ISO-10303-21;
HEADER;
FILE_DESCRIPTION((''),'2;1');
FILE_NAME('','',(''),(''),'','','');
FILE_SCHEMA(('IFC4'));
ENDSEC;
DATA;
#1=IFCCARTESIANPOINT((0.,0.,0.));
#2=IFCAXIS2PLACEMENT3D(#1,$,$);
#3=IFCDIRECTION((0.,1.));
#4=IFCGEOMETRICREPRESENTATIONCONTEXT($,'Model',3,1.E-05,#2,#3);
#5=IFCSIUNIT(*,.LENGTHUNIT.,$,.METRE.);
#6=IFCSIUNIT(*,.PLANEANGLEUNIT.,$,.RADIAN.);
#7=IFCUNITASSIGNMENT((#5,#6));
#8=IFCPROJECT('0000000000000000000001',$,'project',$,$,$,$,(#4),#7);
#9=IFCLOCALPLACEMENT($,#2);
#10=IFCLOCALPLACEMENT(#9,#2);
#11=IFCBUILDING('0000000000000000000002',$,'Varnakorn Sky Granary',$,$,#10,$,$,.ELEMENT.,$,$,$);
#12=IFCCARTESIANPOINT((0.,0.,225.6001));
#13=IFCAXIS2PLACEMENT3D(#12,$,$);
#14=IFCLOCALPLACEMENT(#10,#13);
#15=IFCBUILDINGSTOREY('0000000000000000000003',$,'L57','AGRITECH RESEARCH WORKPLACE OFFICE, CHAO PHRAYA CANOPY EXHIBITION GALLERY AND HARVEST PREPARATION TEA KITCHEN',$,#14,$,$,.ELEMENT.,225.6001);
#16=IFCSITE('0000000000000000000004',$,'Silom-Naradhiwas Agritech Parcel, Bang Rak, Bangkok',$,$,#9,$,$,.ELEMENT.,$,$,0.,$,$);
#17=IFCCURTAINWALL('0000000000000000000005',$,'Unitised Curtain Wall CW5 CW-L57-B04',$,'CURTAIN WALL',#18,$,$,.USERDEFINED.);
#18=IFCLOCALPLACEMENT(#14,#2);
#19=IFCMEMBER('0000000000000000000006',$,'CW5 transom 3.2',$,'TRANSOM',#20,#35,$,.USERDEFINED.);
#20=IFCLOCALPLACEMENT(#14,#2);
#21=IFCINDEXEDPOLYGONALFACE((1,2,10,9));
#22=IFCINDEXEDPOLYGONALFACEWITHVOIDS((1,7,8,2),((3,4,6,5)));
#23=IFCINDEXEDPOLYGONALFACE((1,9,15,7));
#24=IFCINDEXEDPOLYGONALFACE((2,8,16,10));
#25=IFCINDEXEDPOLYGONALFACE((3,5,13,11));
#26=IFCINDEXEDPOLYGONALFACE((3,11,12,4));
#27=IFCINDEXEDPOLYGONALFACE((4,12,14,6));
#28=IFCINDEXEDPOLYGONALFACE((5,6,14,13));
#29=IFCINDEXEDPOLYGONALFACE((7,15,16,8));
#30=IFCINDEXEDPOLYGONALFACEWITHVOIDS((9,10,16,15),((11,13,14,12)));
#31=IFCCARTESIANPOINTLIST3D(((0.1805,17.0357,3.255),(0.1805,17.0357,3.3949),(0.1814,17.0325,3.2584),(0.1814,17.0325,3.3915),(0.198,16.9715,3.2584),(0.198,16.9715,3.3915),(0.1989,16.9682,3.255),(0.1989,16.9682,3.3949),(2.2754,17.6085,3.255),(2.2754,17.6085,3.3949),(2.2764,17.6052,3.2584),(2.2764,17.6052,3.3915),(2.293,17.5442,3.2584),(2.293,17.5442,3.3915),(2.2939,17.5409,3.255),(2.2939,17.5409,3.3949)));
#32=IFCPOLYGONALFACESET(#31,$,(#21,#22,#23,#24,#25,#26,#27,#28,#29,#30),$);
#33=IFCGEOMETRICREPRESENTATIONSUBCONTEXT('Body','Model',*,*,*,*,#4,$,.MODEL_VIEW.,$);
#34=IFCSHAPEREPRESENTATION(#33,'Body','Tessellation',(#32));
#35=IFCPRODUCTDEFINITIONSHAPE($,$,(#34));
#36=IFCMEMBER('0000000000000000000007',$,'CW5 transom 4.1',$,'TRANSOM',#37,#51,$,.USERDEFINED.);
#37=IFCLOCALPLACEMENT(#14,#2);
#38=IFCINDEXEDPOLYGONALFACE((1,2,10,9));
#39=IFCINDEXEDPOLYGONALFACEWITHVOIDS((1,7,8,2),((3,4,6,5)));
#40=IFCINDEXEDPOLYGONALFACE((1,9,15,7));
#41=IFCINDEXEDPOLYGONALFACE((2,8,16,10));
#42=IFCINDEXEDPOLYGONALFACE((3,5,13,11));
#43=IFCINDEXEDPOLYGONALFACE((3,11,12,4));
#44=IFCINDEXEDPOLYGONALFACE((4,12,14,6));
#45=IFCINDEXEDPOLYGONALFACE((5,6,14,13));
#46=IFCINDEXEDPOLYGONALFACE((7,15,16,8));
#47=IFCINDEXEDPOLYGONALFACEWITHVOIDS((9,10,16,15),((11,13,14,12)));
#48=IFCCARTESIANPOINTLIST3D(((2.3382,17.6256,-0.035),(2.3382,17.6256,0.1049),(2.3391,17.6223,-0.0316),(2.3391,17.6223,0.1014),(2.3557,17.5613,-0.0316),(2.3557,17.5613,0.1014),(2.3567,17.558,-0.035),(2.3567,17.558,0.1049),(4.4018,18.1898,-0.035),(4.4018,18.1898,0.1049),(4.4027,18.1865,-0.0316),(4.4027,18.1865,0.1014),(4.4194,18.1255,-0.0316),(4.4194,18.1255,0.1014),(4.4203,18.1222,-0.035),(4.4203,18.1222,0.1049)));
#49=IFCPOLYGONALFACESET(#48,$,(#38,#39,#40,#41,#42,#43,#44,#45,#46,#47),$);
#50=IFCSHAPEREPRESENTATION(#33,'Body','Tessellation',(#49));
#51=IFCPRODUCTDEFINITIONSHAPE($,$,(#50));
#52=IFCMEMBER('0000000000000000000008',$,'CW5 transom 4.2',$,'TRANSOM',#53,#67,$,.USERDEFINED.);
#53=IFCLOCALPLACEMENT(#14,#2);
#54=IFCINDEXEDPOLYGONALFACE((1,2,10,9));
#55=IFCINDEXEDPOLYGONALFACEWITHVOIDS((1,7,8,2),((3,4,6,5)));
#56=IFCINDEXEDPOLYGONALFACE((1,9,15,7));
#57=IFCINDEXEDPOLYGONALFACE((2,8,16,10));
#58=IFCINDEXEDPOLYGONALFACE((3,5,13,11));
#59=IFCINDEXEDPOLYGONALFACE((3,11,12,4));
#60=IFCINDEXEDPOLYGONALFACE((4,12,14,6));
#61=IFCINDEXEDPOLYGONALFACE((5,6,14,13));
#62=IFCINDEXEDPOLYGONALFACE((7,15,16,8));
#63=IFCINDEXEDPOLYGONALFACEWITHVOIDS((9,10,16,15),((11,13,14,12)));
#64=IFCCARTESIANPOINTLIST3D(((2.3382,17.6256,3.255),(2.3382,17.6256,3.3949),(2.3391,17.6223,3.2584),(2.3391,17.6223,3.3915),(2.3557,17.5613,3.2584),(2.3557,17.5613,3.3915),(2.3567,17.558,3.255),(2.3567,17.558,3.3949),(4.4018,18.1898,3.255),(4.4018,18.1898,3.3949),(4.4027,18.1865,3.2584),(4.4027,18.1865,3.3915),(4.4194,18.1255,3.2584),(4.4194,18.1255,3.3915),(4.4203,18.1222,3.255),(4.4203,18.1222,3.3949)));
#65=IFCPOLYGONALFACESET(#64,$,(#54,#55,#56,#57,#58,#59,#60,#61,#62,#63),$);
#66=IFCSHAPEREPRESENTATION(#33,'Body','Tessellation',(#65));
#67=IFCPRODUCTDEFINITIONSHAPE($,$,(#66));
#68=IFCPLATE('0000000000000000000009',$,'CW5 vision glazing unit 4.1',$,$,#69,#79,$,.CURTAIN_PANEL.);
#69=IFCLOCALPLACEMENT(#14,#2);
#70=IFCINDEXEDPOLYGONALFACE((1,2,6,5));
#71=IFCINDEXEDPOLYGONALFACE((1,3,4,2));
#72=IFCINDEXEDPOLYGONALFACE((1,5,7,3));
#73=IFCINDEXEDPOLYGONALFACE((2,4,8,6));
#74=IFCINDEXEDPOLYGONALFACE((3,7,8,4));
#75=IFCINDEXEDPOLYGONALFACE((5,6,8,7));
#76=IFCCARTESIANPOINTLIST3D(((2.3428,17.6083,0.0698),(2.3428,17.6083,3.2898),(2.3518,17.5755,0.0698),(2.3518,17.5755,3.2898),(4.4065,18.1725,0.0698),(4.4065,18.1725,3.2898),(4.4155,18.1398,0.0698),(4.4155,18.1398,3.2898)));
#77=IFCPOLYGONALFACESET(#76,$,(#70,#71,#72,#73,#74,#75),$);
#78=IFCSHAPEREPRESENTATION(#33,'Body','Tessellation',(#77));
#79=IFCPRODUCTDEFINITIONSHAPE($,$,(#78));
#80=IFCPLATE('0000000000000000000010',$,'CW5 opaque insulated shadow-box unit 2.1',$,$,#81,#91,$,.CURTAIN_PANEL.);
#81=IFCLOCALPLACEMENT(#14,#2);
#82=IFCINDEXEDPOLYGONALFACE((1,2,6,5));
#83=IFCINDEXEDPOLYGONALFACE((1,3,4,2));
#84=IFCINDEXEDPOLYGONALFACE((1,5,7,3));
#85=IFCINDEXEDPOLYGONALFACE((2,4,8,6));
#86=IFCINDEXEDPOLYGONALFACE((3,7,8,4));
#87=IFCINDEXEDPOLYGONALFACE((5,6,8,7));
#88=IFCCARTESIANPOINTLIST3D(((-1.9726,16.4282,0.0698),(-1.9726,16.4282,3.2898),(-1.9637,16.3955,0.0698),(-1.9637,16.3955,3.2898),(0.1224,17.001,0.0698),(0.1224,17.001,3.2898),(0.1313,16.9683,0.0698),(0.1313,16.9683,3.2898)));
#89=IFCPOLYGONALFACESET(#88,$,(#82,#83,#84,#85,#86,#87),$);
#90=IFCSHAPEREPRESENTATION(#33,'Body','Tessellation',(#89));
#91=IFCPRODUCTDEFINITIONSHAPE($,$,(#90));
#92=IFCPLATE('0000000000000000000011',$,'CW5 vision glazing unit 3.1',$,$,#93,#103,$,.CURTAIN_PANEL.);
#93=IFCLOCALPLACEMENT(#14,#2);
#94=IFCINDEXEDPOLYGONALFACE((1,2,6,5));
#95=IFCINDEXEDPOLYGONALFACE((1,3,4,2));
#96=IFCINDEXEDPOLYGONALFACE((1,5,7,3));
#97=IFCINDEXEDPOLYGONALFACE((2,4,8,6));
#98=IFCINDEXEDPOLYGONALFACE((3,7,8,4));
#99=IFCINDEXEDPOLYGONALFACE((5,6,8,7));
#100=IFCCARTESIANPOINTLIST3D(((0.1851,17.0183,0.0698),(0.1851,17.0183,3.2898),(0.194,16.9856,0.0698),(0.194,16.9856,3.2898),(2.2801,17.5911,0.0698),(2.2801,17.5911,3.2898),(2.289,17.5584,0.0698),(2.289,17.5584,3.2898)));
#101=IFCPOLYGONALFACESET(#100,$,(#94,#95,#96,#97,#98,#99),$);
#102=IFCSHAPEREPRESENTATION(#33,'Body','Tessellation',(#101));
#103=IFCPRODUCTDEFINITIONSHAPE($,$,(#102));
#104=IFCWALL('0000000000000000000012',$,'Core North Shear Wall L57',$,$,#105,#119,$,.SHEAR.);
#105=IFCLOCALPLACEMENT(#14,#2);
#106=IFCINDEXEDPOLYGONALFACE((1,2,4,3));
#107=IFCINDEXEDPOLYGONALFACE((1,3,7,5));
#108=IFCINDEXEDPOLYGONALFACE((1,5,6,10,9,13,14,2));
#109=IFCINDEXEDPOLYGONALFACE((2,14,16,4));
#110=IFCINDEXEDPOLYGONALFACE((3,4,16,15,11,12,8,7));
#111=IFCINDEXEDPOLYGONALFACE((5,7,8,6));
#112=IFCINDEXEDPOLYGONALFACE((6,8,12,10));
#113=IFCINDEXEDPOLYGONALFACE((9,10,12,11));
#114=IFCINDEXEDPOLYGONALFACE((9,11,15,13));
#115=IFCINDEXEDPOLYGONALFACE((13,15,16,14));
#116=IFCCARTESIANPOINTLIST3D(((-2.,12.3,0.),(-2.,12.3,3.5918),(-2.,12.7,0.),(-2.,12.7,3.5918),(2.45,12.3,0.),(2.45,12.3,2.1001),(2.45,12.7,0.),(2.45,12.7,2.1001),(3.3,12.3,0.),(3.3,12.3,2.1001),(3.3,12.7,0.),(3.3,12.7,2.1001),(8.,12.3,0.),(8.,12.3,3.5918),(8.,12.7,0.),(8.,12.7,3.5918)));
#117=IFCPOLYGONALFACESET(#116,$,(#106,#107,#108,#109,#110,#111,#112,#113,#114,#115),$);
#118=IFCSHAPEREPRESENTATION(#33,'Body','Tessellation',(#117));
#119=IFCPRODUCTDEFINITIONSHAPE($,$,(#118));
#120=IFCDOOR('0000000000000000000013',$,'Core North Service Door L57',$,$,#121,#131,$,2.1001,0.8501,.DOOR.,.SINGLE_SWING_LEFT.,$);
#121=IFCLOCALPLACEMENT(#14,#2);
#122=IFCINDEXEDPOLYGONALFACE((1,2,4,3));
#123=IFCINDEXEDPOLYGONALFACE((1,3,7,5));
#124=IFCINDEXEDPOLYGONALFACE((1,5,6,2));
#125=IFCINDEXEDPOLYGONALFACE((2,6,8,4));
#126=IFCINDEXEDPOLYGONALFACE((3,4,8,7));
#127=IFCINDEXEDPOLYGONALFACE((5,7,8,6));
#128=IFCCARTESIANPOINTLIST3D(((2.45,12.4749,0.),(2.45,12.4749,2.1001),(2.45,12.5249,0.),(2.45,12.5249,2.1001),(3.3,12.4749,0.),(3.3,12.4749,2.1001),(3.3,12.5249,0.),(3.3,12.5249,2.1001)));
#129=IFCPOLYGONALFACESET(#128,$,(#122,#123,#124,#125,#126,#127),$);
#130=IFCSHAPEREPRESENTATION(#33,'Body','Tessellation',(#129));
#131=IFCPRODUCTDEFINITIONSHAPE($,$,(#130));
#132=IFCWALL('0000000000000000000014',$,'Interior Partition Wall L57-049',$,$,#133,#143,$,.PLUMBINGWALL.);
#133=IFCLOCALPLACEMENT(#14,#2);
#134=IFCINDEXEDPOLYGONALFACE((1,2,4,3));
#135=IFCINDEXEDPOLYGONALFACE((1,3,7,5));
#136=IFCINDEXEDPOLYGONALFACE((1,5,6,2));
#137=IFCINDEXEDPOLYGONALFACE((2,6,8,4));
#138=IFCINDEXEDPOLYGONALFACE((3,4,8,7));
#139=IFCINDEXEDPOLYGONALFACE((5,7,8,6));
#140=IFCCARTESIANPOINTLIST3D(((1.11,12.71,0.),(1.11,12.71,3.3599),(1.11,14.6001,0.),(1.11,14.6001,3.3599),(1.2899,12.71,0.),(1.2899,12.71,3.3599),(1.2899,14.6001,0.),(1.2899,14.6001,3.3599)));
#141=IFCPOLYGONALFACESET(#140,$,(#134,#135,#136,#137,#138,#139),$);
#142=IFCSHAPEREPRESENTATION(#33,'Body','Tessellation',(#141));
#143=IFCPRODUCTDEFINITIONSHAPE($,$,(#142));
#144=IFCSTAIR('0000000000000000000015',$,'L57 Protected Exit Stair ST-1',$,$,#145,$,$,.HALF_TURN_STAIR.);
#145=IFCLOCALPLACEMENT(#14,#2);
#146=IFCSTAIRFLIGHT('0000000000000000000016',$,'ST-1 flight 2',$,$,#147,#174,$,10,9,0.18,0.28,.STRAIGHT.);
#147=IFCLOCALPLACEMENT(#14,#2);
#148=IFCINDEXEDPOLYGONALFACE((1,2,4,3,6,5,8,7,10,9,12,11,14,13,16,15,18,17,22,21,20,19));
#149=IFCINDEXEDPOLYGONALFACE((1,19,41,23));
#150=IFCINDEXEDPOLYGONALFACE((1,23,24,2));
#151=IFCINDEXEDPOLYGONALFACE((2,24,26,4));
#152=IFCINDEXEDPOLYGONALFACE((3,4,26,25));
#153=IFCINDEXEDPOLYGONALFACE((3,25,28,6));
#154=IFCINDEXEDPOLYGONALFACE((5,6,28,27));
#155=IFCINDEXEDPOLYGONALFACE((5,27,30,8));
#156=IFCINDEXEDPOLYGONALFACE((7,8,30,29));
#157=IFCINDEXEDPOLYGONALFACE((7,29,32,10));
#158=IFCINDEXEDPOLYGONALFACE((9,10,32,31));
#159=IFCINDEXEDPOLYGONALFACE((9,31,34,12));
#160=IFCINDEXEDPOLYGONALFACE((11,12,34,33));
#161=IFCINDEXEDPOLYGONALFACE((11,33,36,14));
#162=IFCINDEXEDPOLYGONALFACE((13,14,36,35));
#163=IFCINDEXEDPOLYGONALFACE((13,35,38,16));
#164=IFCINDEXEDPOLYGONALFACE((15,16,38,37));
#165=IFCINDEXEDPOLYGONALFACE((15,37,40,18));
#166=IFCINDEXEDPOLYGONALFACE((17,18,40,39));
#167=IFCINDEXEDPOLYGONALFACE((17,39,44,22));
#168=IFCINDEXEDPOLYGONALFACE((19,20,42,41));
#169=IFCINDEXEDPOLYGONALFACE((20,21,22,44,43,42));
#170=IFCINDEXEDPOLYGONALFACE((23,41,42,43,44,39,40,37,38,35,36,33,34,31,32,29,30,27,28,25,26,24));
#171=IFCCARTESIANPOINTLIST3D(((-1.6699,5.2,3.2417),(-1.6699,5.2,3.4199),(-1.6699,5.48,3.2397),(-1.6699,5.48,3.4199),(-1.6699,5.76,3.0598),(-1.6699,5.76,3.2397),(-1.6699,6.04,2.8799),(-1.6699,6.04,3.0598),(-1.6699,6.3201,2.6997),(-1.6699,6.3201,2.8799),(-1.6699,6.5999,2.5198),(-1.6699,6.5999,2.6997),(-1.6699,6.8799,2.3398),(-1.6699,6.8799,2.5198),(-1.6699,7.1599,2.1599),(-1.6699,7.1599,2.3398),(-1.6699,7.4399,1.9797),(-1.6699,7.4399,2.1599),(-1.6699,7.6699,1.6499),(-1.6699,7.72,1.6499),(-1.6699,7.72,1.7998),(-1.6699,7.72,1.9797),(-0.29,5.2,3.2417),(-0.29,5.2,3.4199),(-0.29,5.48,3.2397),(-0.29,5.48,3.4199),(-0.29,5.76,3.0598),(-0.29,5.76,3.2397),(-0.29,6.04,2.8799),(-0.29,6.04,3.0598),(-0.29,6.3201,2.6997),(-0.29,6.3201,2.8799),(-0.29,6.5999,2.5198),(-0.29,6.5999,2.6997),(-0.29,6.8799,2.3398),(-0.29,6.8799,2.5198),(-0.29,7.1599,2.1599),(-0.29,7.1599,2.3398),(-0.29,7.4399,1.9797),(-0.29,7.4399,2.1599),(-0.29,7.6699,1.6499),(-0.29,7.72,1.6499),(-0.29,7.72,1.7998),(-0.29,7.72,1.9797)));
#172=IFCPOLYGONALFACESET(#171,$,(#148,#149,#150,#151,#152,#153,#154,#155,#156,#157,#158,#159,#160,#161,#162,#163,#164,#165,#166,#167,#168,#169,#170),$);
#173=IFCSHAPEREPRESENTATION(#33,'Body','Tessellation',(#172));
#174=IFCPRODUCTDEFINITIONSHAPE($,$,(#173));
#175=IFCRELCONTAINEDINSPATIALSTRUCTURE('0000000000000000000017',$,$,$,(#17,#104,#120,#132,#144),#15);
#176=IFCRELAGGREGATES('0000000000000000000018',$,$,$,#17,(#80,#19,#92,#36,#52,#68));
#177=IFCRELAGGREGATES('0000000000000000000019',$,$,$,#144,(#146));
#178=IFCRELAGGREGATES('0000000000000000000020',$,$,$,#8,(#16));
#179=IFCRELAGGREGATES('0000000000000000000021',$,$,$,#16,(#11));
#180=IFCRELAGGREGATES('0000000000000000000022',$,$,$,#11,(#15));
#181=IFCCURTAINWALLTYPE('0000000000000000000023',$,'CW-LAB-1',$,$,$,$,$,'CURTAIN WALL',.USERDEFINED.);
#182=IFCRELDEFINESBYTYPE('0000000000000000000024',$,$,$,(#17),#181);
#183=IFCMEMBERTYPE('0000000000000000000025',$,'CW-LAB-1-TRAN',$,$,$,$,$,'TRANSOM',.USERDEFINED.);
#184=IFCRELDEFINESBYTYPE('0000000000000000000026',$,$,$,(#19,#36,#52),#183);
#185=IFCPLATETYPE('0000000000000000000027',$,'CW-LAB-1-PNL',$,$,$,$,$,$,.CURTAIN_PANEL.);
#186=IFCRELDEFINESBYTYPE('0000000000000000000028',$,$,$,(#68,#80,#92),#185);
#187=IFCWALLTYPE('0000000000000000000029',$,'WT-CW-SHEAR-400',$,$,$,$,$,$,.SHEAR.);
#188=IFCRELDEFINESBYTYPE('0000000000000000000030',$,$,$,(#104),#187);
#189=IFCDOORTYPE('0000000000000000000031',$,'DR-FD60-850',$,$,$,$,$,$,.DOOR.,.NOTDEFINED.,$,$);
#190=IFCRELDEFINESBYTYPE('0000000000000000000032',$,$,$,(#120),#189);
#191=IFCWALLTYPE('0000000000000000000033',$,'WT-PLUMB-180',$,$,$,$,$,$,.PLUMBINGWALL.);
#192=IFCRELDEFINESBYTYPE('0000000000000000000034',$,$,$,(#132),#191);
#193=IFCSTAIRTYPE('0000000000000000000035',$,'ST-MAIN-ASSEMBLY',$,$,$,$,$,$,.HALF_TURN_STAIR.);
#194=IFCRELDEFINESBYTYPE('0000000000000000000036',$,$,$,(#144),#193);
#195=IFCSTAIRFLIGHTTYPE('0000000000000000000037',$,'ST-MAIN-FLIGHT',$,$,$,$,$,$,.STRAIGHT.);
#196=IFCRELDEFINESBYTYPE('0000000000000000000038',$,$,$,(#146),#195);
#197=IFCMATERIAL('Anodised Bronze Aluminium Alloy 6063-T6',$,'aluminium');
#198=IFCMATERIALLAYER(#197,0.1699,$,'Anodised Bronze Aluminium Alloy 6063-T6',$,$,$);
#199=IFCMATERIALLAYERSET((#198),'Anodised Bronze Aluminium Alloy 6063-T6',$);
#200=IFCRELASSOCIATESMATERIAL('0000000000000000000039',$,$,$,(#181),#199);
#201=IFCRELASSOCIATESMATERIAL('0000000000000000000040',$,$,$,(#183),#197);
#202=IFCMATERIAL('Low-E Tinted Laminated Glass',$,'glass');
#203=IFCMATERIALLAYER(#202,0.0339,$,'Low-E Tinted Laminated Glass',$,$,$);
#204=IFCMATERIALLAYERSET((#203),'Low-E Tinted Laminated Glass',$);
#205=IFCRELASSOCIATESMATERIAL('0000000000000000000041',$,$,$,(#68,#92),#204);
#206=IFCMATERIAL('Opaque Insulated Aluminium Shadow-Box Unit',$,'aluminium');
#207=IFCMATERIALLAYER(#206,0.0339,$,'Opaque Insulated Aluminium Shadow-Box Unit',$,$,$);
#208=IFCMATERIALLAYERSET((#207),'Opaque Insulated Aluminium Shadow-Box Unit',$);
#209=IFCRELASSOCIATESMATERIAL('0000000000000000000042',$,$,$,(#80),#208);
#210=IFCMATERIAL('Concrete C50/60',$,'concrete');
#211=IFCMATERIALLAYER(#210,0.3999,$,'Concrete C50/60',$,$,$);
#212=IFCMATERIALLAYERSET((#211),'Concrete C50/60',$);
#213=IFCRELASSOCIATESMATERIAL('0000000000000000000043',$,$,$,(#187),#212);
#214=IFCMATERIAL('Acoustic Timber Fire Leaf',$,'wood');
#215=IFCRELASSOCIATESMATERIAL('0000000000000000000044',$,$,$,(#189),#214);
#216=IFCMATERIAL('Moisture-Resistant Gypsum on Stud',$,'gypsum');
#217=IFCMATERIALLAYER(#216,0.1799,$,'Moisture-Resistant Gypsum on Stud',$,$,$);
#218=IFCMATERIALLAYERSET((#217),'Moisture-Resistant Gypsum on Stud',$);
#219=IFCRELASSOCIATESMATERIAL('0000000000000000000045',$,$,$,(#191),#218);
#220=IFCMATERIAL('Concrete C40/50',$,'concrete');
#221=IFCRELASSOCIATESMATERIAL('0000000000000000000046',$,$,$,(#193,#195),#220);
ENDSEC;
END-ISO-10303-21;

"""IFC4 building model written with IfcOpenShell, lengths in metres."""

from ifc_helpers import new_model, si_unit, direction, frame, frame_2d, origin, origin_2d, place, context, subcontext, project, spatial, polyline, rectangle, hollow_rectangle, outline, extrude, source, transform, mapped, material, layer, layer_set, material_profile, profile_set, type_object, type_shapes, element, fill, aggregate, save


model = new_model("IFC4")

# Units and contexts
model_context = context("Model", 3, precision=1e-05, world=origin(), true_north=direction((0.0, 1.0)))
body_context = subcontext(model_context, "Body", "Model", "MODEL_VIEW")
ifc_project = project(units=[si_unit("LENGTHUNIT", "METRE"), si_unit("PLANEANGLEUNIT", "RADIAN")], contexts=[model_context])

# Site, building, storey
site_placement = place(None, origin())
site = spatial("IfcSite", under=ifc_project, at=site_placement, Name="Silom-Naradhiwas Agritech Parcel, Bang Rak, Bangkok", CompositionType="ELEMENT", RefElevation=0.0)
building_placement = place(site_placement, origin())
building = spatial("IfcBuilding", under=site, at=building_placement, Name="Varnakorn Sky Granary", CompositionType="ELEMENT")
storey_placement = place(building_placement, frame((0.0, 0.0, 225.6001)))
storey = spatial("IfcBuildingStorey", under=building, at=storey_placement, Name="L57", Description="AGRITECH RESEARCH WORKPLACE OFFICE, CHAO PHRAYA CANOPY EXHIBITION GALLERY AND HARVEST PREPARATION TEA KITCHEN", CompositionType="ELEMENT", Elevation=225.6001)

# Shared definitions
ifc_material_1 = material(Name="Concrete C50/60", Category="concrete")

# Curtain wall, members, plates
ifc_material_2 = material(Name="Anodised Bronze Aluminium Alloy 6063-T6", Category="aluminium")
ifc_layer_1 = layer(ifc_material_2, 0.1699, Name="Anodised Bronze Aluminium Alloy 6063-T6")
ifc_layer_set_1 = layer_set([ifc_layer_1], Name="Anodised Bronze Aluminium Alloy 6063-T6")
curtain_wall_type = type_object("IfcCurtainWallType", Name="CW-LAB-1", ElementType="CURTAIN WALL", PredefinedType="USERDEFINED", material=ifc_layer_set_1)
curtain_wall_placement = place(storey_placement, origin())
curtain_wall = element("IfcCurtainWall", 1, at=curtain_wall_placement, inside=storey, type_object=curtain_wall_type, Name="Unitised Curtain Wall CW5 CW-L57-B04", ObjectType="CURTAIN WALL", PredefinedType="USERDEFINED")
ifc_material_profile_1 = material_profile(ifc_material_2, hollow_rectangle(XDim=0.0701, YDim=0.1399, WallThickness=0.0034, at=origin_2d()), Name="ALU TRAN 70x140")
ifc_profile_set_1 = profile_set([ifc_material_profile_1], Name="Anodised Bronze Aluminium Alloy 6063-T6")
member_type_1 = type_object("IfcMemberType", Name="CW-LAB-1-TRAN", ElementType="TRANSOM", PredefinedType="USERDEFINED", material=ifc_profile_set_1)
member_1_placement = place(storey_placement, frame((0.1897, 17.002, 3.325), z_axis=(0.9646, 0.263717, 0.0), x_axis=(-0.263717, 0.9646, 0.0)))
member_1 = element("IfcMember", 2, at=member_1_placement, type_object=member_type_1, Name="CW5 transom 3.2", ObjectType="TRANSOM", PredefinedType="USERDEFINED", context=body_context, shape_type="SweptSolid", body=[
    extrude(hollow_rectangle(XDim=0.0701, YDim=0.1399, WallThickness=0.0034, at=origin_2d()), origin(), (0.0, 0.0, 1.0), 2.1719),
])
member_2_placement = place(storey_placement, frame((2.3474, 17.5918, 0.0349), z_axis=(0.9646, 0.263716, 0.0), x_axis=(-0.263716, 0.9646, 0.0)))
member_2 = element("IfcMember", 3, at=member_2_placement, type_object=member_type_1, Name="CW5 transom 4.1", ObjectType="TRANSOM", PredefinedType="USERDEFINED", context=body_context, shape_type="SweptSolid", body=[
    extrude(hollow_rectangle(XDim=0.0701, YDim=0.1399, WallThickness=0.0034, at=origin_2d()), origin(), (0.0, 0.0, 1.0), 2.1394),
])
member_3_placement = place(storey_placement, frame((2.3474, 17.5918, 3.325), z_axis=(0.9646, 0.263716, 0.0), x_axis=(-0.263716, 0.9646, 0.0)))
member_3 = element("IfcMember", 4, at=member_3_placement, type_object=member_type_1, Name="CW5 transom 4.2", ObjectType="TRANSOM", PredefinedType="USERDEFINED", context=body_context, shape_type="SweptSolid", body=[
    extrude(hollow_rectangle(XDim=0.0701, YDim=0.1399, WallThickness=0.0034, at=origin_2d()), origin(), (0.0, 0.0, 1.0), 2.1394),
])
ifc_material_3 = material(Name="Low-E Tinted Laminated Glass", Category="glass")
ifc_layer_2 = layer(ifc_material_3, 0.0339, Name="Low-E Tinted Laminated Glass")
ifc_layer_set_2 = layer_set([ifc_layer_2], Name="Low-E Tinted Laminated Glass")
plate_type = type_object("IfcPlateType", Name="CW-LAB-1-PNL", PredefinedType="CURTAIN_PANEL")
shared_shape_1 = source(origin(), body_context, "Body", "SweptSolid", [
    extrude(rectangle(XDim=2.1394, YDim=0.0339, at=origin_2d()), origin(), (0.0, 0.0, 1.0), 3.22),
])
plate_1_placement = place(storey_placement, frame((3.3792, 17.874, 0.0698), z_axis=(0.0, 0.0, 1.0), x_axis=(0.964597, 0.263727, 0.0)))
plate_1 = element("IfcPlate", 5, at=plate_1_placement, type_object=plate_type, material=ifc_layer_set_2, Name="CW5 vision glazing unit 4.1", PredefinedType="CURTAIN_PANEL", context=body_context, shape_type="MappedRepresentation", body=[
    mapped(shared_shape_1, transform((0.0, 0.0, 0.0), x_axis=(1.0, 0.0, 0.0), y_axis=(0.0, 1.0, 0.0), z_axis=(0.0, 0.0, 1.0), scale=1.0)),
])
ifc_material_4 = material(Name="Opaque Insulated Aluminium Shadow-Box Unit", Category="aluminium")
ifc_layer_3 = layer(ifc_material_4, 0.0339, Name="Opaque Insulated Aluminium Shadow-Box Unit")
ifc_layer_set_3 = layer_set([ifc_layer_3], Name="Opaque Insulated Aluminium Shadow-Box Unit")
shared_shape_2 = source(origin(), body_context, "Body", "SweptSolid", [
    extrude(rectangle(XDim=2.1719, YDim=0.0339, at=origin_2d()), origin(), (0.0, 0.0, 1.0), 3.22),
])
type_shapes(plate_type, [shared_shape_1, shared_shape_2])
plate_2_placement = place(storey_placement, frame((-0.9207, 16.6982, 0.0698), z_axis=(0.0, 0.0, 1.0), x_axis=(0.964597, 0.263727, 0.0)))
plate_2 = element("IfcPlate", 6, at=plate_2_placement, type_object=plate_type, material=ifc_layer_set_3, Name="CW5 opaque insulated shadow-box unit 2.1", PredefinedType="CURTAIN_PANEL", context=body_context, shape_type="MappedRepresentation", body=[
    mapped(shared_shape_2, transform((0.0, 0.0, 0.0), x_axis=(1.0, 0.0, 0.0), y_axis=(0.0, 1.0, 0.0), z_axis=(0.0, 0.0, 1.0), scale=1.0)),
])
plate_3_placement = place(storey_placement, frame((1.2371, 17.2883, 0.0698), z_axis=(0.0, 0.0, 1.0), x_axis=(0.964597, 0.263727, 0.0)))
plate_3 = element("IfcPlate", 7, at=plate_3_placement, type_object=plate_type, material=ifc_layer_set_2, Name="CW5 vision glazing unit 3.1", PredefinedType="CURTAIN_PANEL", context=body_context, shape_type="MappedRepresentation", body=[
    mapped(shared_shape_2, transform((0.0, 0.0, 0.0), x_axis=(1.0, 0.0, 0.0), y_axis=(0.0, 1.0, 0.0), z_axis=(0.0, 0.0, 1.0), scale=1.0)),
])
aggregate(curtain_wall, [plate_2, member_1, plate_3, member_2, member_3, plate_1])

# Wall, opening, door
ifc_layer_4 = layer(ifc_material_1, 0.3999, Name="Concrete C50/60")
ifc_layer_set_4 = layer_set([ifc_layer_4], Name="Concrete C50/60")
wall_type_1 = type_object("IfcWallType", Name="WT-CW-SHEAR-400", PredefinedType="SHEAR", material=ifc_layer_set_4)
wall_1_placement = place(storey_placement, frame((-2.0, 12.5, 0.0), z_axis=(0.0, 0.0, 1.0), x_axis=(1.0, 0.0, 0.0)))
wall_1 = element("IfcWall", 8, at=wall_1_placement, inside=storey, type_object=wall_type_1, Name="Core North Shear Wall L57", PredefinedType="SHEAR", context=body_context, shape_type="SweptSolid", body=[
    extrude(rectangle(XDim=10.0, YDim=0.3999, at=frame_2d((5.0, 0.0))), origin(), (0.0, 0.0, 1.0), 3.5918),
])
opening_placement = place(wall_1_placement, frame((4.45, 0.0, 0.0)))
opening = element("IfcOpeningElement", 9, at=opening_placement, cuts=wall_1, PredefinedType="OPENING", context=body_context, shape_type="SweptSolid", body=[
    extrude(rectangle(XDim=0.8501, YDim=2.1001, at=frame_2d((0.425, 1.05))), frame((0.0, 0.21, 0.0), z_axis=(0.0, -1.0, 0.0), x_axis=(1.0, 0.0, 0.0)), (0.0, 0.0, 1.0), 0.4199),
])
ifc_material_5 = material(Name="Acoustic Timber Fire Leaf", Category="wood")
door_type = type_object("IfcDoorType", Name="DR-FD60-850", OperationType="NOTDEFINED", PredefinedType="DOOR", material=ifc_material_5)
door_placement = place(opening_placement, origin())
door = element("IfcDoor", 10, at=door_placement, inside=storey, type_object=door_type, Name="Core North Service Door L57", OperationType="SINGLE_SWING_LEFT", OverallHeight=2.1001, OverallWidth=0.8501, PredefinedType="DOOR", context=body_context, shape_type="SweptSolid", body=[
    extrude(rectangle(XDim=0.8501, YDim=2.1001, at=frame_2d((0.425, 1.05))), frame((0.0, 0.0249, 0.0), z_axis=(0.0, -1.0, 0.0), x_axis=(1.0, 0.0, 0.0)), (0.0, 0.0, 1.0), 0.05),
])
fill(opening, door)

# Wall
ifc_material_6 = material(Name="Moisture-Resistant Gypsum on Stud", Category="gypsum")
ifc_layer_5 = layer(ifc_material_6, 0.1799, Name="Moisture-Resistant Gypsum on Stud")
ifc_layer_set_5 = layer_set([ifc_layer_5], Name="Moisture-Resistant Gypsum on Stud")
wall_type_2 = type_object("IfcWallType", Name="WT-PLUMB-180", PredefinedType="PLUMBINGWALL", material=ifc_layer_set_5)
wall_2_placement = place(storey_placement, frame((1.2, 14.6001, 0.0), z_axis=(0.0, 0.0, 1.0), x_axis=(0.0, -1.0, 0.0)))
element("IfcWall", 11, at=wall_2_placement, inside=storey, type_object=wall_type_2, Name="Interior Partition Wall L57-049", PredefinedType="PLUMBINGWALL", context=body_context, shape_type="SweptSolid", body=[
    extrude(rectangle(XDim=1.8901, YDim=0.1799, at=frame_2d((0.9451, 0.0))), origin(), (0.0, 0.0, 1.0), 3.3599),
])

# Stair, stair flight
ifc_material_7 = material(Name="Concrete C40/50", Category="concrete")
stair_type = type_object("IfcStairType", Name="ST-MAIN-ASSEMBLY", PredefinedType="HALF_TURN_STAIR", material=ifc_material_7)
stair_placement = place(storey_placement, origin())
stair = element("IfcStair", 12, at=stair_placement, inside=storey, type_object=stair_type, Name="L57 Protected Exit Stair ST-1", PredefinedType="HALF_TURN_STAIR")
stair_flight_type = type_object("IfcStairFlightType", Name="ST-MAIN-FLIGHT", PredefinedType="STRAIGHT", material=ifc_material_7)
stair_flight_placement = place(storey_placement, frame((-0.98, 7.72, 1.7998), z_axis=(0.0, 0.0, 1.0), x_axis=(0.0, -1.0, 0.0)))
stair_flight = element("IfcStairFlight", 13, at=stair_flight_placement, type_object=stair_flight_type, Name="ST-1 flight 2", NumberOfRisers=10, NumberOfTreads=9, PredefinedType="STRAIGHT", RiserHeight=0.18, TreadLength=0.28, context=body_context, shape_type="SweptSolid", body=[
    extrude(outline(polyline([(0.0, -0.1499), (0.0, 0.0), (0.0, 0.1799), (0.28, 0.1799), (0.28, 0.3601), (0.5601, 0.3601), (0.5601, 0.54), (0.8401, 0.54), (0.8401, 0.72), (1.1201, 0.72), (1.1201, 0.8999), (1.3999, 0.8999), (1.3999, 1.0801), (1.6799, 1.0801), (1.6799, 1.26), (1.96, 1.26), (1.96, 1.4399), (2.24, 1.4399), (2.24, 1.6201), (2.52, 1.6201), (2.52, 1.8), (2.52, 1.4419), (0.05, -0.1499), (0.0, -0.1499)])), frame((0.0, 0.6899, 0.0), z_axis=(0.0, -1.0, 0.0), x_axis=(1.0, 0.0, 0.0)), (0.0, 0.0, 1.0), 1.3799),
])
aggregate(stair, [stair_flight])

save(model, "model.ifc")
